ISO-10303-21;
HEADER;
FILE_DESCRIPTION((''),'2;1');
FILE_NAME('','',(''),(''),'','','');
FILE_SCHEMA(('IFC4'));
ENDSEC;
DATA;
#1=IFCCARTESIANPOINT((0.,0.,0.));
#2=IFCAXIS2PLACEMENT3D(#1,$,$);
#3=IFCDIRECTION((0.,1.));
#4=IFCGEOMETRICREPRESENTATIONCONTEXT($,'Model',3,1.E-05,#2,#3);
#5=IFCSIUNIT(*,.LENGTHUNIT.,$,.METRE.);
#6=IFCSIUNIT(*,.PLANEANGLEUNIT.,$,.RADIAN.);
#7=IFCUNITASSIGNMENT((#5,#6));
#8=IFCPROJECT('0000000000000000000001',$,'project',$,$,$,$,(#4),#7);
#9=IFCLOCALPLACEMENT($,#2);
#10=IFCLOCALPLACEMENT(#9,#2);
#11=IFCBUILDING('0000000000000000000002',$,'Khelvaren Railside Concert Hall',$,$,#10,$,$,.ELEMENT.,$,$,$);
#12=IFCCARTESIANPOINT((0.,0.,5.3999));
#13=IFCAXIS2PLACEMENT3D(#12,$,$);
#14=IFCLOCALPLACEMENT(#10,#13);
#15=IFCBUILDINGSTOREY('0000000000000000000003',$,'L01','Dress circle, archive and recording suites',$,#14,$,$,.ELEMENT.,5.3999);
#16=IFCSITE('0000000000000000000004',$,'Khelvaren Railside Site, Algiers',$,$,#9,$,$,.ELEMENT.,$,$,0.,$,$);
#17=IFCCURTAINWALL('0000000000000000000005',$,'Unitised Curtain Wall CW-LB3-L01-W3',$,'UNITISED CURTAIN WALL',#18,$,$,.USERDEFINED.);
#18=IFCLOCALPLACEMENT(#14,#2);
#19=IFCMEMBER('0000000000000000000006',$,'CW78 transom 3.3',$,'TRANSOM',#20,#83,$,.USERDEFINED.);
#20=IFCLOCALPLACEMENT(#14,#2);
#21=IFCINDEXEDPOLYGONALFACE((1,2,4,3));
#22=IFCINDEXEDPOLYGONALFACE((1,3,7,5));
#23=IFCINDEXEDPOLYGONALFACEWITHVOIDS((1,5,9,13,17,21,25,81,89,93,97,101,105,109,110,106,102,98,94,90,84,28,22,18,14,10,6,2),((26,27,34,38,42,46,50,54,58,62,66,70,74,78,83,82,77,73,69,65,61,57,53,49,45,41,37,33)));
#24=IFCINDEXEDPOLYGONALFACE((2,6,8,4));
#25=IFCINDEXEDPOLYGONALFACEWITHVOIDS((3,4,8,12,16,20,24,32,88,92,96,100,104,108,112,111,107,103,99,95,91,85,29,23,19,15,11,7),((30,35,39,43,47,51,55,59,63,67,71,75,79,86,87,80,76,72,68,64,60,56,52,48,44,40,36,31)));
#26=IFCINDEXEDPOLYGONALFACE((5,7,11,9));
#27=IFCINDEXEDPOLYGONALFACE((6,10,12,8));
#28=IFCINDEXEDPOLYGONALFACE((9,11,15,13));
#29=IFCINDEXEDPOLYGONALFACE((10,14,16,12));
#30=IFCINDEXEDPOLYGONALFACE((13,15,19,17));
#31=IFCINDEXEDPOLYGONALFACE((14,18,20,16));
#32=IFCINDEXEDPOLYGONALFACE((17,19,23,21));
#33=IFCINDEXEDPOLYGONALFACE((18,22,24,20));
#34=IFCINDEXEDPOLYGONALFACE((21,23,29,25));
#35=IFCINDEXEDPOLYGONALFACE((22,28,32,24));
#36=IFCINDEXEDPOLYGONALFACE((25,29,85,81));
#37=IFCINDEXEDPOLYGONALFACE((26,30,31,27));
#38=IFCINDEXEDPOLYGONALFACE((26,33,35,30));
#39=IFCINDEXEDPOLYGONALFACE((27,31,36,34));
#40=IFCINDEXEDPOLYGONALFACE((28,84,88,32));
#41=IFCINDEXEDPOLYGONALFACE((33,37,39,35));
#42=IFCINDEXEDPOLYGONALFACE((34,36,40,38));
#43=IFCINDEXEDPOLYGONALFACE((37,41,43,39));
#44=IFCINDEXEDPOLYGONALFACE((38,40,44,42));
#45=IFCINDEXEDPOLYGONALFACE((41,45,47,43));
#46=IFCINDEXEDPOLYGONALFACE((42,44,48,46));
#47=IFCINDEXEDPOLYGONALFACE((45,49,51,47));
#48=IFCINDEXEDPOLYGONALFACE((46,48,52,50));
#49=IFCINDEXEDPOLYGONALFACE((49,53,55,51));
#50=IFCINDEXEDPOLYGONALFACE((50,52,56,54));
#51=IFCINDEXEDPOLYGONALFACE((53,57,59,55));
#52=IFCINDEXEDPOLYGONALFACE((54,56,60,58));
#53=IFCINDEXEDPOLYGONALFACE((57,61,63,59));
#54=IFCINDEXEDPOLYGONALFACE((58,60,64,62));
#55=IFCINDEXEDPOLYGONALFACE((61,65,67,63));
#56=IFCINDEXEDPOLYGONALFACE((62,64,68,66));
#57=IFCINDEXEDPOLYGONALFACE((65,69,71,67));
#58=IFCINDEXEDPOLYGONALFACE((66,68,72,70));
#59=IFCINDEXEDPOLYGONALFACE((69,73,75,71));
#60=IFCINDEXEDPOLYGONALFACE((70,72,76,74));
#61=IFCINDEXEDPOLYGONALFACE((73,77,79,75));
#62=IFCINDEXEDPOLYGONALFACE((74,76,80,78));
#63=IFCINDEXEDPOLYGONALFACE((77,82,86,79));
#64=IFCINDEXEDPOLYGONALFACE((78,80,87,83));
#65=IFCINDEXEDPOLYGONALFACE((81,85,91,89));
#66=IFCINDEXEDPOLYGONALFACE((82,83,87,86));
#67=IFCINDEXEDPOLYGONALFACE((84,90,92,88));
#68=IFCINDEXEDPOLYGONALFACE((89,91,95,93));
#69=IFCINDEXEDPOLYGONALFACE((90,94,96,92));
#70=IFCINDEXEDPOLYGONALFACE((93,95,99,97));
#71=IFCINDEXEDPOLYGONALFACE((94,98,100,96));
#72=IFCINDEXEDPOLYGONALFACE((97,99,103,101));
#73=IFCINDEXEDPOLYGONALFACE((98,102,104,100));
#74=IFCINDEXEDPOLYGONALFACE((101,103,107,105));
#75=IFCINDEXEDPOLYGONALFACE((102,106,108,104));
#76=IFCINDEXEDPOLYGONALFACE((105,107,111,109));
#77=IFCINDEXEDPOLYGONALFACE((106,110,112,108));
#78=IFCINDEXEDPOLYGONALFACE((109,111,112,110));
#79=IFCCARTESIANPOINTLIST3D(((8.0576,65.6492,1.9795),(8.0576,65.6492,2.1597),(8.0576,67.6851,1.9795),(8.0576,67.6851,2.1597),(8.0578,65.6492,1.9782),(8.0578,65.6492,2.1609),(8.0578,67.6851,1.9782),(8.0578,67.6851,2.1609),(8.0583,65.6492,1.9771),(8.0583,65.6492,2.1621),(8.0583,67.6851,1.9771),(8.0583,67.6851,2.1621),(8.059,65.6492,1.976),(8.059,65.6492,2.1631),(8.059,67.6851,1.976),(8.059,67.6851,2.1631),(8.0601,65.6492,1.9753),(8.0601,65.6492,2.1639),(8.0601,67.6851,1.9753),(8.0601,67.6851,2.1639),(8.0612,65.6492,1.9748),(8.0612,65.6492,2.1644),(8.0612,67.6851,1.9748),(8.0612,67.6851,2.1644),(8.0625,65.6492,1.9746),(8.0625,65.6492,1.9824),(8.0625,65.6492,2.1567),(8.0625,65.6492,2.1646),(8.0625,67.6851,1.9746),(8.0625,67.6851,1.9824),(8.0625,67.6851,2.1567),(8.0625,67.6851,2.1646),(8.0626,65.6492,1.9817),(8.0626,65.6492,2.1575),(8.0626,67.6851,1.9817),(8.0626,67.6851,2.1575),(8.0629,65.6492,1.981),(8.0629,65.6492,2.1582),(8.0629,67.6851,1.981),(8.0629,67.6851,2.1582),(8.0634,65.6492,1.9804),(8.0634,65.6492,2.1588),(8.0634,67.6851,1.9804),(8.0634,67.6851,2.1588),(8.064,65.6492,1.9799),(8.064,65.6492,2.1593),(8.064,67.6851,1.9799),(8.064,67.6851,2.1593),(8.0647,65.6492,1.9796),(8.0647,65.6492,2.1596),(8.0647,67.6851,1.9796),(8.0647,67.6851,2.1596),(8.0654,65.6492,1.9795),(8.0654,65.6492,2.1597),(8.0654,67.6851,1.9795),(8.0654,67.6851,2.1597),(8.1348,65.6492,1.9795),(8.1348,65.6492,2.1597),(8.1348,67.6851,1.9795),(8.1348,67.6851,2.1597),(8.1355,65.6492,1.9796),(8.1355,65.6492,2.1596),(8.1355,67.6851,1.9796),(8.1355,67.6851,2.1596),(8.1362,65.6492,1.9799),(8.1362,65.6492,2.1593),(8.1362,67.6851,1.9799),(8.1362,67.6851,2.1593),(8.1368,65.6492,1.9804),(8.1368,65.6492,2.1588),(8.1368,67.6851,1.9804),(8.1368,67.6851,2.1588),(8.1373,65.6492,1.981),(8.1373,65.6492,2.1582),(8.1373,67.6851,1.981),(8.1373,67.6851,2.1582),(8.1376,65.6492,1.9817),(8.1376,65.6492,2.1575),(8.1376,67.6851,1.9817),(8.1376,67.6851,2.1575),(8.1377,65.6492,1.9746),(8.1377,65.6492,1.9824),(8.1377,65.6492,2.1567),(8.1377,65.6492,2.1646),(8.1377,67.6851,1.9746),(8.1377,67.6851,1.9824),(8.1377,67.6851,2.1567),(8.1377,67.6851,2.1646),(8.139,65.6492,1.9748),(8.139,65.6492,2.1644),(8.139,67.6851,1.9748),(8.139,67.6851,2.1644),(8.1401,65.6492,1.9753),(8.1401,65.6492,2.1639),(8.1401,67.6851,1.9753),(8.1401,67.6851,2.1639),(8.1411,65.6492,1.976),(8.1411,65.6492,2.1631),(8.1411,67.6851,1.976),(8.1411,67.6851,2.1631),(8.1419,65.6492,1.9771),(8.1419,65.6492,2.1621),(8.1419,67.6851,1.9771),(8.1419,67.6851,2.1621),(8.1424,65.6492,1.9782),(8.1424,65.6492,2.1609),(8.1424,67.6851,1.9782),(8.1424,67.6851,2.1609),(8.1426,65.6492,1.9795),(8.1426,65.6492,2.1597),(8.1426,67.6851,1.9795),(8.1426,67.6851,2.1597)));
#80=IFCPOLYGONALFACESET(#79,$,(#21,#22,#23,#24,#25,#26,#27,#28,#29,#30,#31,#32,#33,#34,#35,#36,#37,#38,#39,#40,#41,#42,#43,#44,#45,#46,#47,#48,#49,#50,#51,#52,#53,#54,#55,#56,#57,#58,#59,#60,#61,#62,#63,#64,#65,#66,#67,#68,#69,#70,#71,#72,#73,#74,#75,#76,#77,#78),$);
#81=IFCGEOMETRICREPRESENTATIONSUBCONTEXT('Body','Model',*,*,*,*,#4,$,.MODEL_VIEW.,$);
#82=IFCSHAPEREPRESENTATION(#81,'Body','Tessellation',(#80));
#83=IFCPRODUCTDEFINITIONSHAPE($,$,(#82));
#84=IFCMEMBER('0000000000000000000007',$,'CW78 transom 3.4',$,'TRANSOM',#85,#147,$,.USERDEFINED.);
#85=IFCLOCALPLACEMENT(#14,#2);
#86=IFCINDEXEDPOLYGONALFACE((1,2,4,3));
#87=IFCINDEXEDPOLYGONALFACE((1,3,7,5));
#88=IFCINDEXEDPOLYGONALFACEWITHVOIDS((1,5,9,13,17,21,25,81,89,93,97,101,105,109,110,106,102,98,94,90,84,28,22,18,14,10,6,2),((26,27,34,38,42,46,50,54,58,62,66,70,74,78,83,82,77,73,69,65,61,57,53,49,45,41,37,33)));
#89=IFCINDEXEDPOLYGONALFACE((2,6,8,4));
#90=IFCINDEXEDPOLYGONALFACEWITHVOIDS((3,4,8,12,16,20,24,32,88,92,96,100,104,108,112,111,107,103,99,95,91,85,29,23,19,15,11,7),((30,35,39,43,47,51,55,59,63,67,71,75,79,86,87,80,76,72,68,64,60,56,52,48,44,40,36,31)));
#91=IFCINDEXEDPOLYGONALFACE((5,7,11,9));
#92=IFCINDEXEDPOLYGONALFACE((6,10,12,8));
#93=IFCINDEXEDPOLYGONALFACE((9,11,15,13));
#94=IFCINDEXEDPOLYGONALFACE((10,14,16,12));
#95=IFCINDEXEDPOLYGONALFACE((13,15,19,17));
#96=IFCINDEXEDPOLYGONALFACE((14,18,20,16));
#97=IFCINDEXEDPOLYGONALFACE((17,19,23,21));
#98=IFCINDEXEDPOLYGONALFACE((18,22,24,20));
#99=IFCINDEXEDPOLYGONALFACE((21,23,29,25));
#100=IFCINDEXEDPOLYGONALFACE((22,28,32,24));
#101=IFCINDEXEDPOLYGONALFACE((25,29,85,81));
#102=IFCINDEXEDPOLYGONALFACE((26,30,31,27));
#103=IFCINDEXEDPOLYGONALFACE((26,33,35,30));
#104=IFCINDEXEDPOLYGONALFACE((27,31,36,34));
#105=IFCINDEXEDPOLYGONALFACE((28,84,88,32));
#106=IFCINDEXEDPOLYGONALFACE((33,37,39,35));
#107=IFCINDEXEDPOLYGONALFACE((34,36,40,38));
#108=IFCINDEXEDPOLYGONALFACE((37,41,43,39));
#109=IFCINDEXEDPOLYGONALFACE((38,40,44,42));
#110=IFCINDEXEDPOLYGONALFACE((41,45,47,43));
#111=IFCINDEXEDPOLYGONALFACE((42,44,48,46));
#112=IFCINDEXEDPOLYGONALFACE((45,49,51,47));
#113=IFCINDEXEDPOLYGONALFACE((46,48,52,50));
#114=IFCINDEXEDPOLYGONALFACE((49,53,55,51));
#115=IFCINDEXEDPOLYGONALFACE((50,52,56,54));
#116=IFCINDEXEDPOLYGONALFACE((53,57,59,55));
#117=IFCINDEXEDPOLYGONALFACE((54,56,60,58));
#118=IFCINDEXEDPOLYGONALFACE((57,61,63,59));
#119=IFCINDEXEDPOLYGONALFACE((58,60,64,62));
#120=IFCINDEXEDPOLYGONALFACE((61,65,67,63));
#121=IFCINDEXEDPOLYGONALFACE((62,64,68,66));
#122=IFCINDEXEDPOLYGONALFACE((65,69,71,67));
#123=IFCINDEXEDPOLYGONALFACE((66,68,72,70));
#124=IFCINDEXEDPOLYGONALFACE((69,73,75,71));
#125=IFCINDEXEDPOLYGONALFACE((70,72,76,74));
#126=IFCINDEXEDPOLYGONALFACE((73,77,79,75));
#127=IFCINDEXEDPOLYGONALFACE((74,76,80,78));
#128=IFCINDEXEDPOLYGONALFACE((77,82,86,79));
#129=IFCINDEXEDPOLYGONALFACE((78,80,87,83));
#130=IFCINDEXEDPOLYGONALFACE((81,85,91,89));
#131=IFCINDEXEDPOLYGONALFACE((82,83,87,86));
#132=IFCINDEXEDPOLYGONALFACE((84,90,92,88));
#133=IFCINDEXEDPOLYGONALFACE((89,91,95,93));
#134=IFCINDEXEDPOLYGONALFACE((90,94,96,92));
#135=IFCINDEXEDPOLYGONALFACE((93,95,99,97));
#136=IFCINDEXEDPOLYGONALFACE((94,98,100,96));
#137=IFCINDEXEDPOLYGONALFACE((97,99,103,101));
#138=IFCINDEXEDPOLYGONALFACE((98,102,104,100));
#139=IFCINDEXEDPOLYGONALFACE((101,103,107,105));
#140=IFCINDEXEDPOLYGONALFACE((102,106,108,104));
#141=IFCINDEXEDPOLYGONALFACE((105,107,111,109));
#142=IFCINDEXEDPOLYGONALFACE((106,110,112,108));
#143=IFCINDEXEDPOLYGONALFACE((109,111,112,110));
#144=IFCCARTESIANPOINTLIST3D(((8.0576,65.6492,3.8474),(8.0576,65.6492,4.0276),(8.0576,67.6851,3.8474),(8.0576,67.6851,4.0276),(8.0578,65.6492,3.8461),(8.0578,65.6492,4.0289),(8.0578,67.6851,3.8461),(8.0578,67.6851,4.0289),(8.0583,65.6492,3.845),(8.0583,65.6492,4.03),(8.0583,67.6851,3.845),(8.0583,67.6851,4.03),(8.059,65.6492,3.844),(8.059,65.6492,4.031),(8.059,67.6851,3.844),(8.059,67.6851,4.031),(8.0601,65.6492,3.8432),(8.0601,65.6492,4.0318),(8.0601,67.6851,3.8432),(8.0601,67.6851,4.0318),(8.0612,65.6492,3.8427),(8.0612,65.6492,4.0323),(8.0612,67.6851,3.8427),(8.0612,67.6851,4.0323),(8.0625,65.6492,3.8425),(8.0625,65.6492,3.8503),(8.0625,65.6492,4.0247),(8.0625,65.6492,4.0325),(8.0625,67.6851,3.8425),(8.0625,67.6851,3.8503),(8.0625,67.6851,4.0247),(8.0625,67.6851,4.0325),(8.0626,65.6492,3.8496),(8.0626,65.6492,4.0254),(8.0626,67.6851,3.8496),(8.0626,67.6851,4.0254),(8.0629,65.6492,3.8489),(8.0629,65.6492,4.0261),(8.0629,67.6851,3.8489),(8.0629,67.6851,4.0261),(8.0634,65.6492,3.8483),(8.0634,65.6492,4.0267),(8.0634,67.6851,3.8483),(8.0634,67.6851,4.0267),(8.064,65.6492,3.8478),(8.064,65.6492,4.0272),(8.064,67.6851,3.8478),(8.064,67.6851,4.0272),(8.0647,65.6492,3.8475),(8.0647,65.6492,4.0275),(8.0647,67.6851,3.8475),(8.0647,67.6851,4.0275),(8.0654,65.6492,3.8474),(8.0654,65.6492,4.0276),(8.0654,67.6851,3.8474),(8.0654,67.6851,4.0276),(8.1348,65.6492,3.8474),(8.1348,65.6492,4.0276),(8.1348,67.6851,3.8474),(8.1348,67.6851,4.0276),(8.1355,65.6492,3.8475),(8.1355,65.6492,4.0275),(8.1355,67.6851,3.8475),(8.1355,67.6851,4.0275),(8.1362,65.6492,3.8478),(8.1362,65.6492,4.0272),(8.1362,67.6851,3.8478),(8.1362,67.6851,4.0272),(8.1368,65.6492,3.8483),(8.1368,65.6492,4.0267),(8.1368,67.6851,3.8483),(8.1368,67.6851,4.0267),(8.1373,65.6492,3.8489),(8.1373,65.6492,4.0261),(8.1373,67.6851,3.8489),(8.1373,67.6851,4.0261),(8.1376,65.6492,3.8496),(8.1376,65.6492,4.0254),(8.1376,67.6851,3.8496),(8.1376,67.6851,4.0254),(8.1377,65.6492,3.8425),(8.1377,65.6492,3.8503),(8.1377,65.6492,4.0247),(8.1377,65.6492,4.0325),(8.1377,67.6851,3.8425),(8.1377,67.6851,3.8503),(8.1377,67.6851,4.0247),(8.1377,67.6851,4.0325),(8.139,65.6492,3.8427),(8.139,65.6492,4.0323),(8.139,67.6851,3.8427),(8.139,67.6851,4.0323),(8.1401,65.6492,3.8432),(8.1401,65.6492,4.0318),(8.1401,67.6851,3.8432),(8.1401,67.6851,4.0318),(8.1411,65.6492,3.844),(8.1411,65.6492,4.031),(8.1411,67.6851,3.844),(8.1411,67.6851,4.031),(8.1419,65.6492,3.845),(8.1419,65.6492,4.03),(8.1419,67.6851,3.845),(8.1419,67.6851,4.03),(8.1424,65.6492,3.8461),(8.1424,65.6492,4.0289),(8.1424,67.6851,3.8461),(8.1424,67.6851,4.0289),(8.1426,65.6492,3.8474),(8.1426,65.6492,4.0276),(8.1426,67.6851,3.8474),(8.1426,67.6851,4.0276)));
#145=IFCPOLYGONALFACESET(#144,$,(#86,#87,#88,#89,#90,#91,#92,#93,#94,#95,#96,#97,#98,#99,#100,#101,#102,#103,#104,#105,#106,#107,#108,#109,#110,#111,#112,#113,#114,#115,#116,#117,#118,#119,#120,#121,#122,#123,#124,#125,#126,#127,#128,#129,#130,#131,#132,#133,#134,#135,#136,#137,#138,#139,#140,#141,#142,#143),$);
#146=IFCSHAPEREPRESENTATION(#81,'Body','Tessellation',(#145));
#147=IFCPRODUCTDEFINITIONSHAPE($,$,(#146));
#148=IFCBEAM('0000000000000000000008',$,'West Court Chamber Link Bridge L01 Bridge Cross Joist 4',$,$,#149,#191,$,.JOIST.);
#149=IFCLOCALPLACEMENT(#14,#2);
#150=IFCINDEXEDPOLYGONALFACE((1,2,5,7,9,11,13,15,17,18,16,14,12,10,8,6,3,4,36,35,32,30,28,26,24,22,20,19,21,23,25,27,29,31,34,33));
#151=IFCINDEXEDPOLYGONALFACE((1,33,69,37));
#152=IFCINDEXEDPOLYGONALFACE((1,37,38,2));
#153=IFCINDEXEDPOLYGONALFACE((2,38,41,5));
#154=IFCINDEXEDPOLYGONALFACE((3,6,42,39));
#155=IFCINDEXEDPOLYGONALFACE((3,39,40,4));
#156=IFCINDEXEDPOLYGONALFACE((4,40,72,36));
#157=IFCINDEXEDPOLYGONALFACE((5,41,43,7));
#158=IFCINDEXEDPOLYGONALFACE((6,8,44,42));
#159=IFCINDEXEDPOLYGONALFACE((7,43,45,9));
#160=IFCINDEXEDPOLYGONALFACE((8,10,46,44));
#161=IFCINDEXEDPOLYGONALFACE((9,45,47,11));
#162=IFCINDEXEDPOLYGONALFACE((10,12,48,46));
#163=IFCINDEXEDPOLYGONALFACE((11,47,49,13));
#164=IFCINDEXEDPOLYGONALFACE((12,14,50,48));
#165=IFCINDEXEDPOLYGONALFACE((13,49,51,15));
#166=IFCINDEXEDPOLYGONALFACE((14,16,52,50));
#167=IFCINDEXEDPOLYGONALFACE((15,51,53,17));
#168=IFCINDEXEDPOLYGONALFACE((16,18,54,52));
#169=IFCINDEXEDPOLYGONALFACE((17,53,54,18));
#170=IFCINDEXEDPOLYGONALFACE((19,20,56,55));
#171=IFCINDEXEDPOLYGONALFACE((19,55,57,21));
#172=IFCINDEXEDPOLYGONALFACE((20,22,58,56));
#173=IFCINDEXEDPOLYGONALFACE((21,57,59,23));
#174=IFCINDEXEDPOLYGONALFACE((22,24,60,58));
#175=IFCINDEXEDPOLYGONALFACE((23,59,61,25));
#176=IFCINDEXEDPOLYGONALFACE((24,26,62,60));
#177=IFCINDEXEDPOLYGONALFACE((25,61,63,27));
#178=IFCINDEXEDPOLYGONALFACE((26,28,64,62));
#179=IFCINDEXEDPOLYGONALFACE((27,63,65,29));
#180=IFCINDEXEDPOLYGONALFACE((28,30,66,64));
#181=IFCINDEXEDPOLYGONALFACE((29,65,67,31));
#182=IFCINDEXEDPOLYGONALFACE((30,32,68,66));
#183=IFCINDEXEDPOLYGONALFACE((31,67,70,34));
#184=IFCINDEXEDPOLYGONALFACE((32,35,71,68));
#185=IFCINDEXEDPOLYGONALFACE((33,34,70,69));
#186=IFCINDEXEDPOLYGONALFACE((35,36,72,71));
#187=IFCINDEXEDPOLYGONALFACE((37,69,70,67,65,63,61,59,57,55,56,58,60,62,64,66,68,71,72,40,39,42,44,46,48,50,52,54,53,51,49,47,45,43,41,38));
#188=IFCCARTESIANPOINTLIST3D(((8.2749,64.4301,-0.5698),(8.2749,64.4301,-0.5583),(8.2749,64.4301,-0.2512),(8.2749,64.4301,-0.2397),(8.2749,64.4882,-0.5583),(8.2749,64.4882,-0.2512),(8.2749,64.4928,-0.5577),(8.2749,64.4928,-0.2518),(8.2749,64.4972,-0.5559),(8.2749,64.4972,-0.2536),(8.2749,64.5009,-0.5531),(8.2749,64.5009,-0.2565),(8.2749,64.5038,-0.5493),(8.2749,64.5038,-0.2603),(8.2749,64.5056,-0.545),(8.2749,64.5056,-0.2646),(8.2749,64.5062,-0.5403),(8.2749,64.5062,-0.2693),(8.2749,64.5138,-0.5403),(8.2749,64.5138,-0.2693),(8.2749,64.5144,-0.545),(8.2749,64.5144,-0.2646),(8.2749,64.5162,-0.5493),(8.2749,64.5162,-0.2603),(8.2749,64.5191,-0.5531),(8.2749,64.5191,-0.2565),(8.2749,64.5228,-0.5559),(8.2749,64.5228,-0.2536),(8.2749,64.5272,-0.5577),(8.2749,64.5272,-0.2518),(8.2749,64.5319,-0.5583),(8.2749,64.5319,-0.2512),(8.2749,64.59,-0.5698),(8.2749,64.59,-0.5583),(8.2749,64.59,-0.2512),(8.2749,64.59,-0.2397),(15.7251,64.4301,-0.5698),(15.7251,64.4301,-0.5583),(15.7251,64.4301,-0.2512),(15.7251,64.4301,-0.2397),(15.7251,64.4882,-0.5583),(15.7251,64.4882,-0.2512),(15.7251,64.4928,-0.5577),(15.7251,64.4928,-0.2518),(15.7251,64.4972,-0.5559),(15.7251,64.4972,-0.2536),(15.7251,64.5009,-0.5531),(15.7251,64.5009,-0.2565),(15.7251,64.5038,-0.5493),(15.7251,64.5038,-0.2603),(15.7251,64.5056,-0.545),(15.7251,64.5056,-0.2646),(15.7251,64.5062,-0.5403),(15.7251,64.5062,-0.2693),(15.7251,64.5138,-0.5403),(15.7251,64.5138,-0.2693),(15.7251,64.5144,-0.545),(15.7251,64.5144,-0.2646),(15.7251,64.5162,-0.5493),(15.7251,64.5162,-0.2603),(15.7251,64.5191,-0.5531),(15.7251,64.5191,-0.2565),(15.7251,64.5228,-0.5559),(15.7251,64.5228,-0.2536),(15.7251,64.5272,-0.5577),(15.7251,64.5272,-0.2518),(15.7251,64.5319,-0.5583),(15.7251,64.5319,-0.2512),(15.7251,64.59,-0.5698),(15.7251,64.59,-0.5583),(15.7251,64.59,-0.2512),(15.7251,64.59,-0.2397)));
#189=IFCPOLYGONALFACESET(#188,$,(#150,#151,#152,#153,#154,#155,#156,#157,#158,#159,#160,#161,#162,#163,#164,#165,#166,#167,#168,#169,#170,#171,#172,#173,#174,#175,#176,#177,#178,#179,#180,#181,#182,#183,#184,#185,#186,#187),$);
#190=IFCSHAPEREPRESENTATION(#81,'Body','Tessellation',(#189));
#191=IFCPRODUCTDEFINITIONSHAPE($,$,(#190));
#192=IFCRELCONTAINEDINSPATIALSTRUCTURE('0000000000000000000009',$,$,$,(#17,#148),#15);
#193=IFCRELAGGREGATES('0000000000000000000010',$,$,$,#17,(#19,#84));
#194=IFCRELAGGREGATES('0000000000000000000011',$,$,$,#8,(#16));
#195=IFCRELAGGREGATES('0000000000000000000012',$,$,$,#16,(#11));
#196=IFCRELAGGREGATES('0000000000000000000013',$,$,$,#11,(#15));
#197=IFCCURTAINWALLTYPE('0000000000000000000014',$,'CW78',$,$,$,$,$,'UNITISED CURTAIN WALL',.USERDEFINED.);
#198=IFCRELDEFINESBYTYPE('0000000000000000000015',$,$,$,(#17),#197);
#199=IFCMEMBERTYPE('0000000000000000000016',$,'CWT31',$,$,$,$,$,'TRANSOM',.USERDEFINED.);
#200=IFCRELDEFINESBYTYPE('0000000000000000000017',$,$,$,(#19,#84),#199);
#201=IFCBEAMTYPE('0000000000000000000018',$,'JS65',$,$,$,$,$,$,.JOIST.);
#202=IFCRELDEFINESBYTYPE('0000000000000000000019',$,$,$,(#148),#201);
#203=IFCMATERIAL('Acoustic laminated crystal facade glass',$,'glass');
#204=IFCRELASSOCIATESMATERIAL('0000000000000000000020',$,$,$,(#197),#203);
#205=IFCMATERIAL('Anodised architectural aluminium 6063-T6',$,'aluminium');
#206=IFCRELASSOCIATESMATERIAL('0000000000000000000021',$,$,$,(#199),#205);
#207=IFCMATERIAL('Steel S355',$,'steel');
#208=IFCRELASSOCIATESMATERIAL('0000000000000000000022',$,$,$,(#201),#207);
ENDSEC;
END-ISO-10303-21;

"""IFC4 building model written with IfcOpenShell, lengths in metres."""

from ifc_helpers import new_model, si_unit, direction, frame, origin, origin_2d, place, context, subcontext, project, spatial, hollow_rectangle, i_section, extrude, material, material_profile, profile_set, type_object, element, aggregate, save


model = new_model("IFC4")

# Units and contexts
model_context = context("Model", 3, precision=1e-05, world=origin(), true_north=direction((0.0, 1.0)))
body_context = subcontext(model_context, "Body", "Model", "MODEL_VIEW")
ifc_project = project(units=[si_unit("LENGTHUNIT", "METRE"), si_unit("PLANEANGLEUNIT", "RADIAN")], contexts=[model_context])

# Site, building, storey
site_placement = place(None, origin())
site = spatial("IfcSite", under=ifc_project, at=site_placement, Name="Khelvaren Railside Site, Algiers", CompositionType="ELEMENT", RefElevation=0.0)
building_placement = place(site_placement, origin())
building = spatial("IfcBuilding", under=site, at=building_placement, Name="Khelvaren Railside Concert Hall", CompositionType="ELEMENT")
storey_placement = place(building_placement, frame((0.0, 0.0, 5.3999)))
storey = spatial("IfcBuildingStorey", under=building, at=storey_placement, Name="L01", Description="Dress circle, archive and recording suites", CompositionType="ELEMENT", Elevation=5.3999)

# Curtain wall, members
ifc_material_1 = material(Name="Acoustic laminated crystal facade glass", Category="glass")
curtain_wall_type = type_object("IfcCurtainWallType", Name="CW78", ElementType="UNITISED CURTAIN WALL", PredefinedType="USERDEFINED", material=ifc_material_1)
curtain_wall_placement = place(storey_placement, origin())
curtain_wall = element("IfcCurtainWall", 1, at=curtain_wall_placement, inside=storey, type_object=curtain_wall_type, Name="Unitised Curtain Wall CW-LB3-L01-W3", ObjectType="UNITISED CURTAIN WALL", PredefinedType="USERDEFINED")
ifc_material_2 = material(Name="Anodised architectural aluminium 6063-T6", Category="aluminium")
ifc_material_profile_1 = material_profile(ifc_material_2, hollow_rectangle(XDim=0.085, YDim=0.1899, WallThickness=0.0049, InnerFilletRadius=0.0029, OuterFilletRadius=0.0049, at=origin_2d()), Name="CWT 85x190x5")
ifc_profile_set_1 = profile_set([ifc_material_profile_1], Name="Anodised architectural aluminium 6063-T6")
member_type_1 = type_object("IfcMemberType", Name="CWT31", ElementType="TRANSOM", PredefinedType="USERDEFINED", material=ifc_profile_set_1)
member_1_placement = place(storey_placement, frame((8.1001, 65.6492, 2.0696), z_axis=(0.0, 1.0, 0.0), x_axis=(-1.0, 0.0, 0.0)))
member_1 = element("IfcMember", 2, at=member_1_placement, type_object=member_type_1, Name="CW78 transom 3.3", ObjectType="TRANSOM", PredefinedType="USERDEFINED", context=body_context, shape_type="SweptSolid", body=[
    extrude(hollow_rectangle(XDim=0.085, YDim=0.1899, WallThickness=0.0049, InnerFilletRadius=0.0029, OuterFilletRadius=0.0049, at=origin_2d()), origin(), (0.0, 0.0, 1.0), 2.0359),
])
member_2_placement = place(storey_placement, frame((8.1001, 65.6492, 3.9375), z_axis=(0.0, 1.0, 0.0), x_axis=(-1.0, 0.0, 0.0)))
member_2 = element("IfcMember", 3, at=member_2_placement, type_object=member_type_1, Name="CW78 transom 3.4", ObjectType="TRANSOM", PredefinedType="USERDEFINED", context=body_context, shape_type="SweptSolid", body=[
    extrude(hollow_rectangle(XDim=0.085, YDim=0.1899, WallThickness=0.0049, InnerFilletRadius=0.0029, OuterFilletRadius=0.0049, at=origin_2d()), origin(), (0.0, 0.0, 1.0), 2.0359),
])

# Beam
ifc_material_3 = material(Name="Steel S355", Category="steel")
ifc_material_profile_2 = material_profile(ifc_material_3, i_section(OverallWidth=0.1599, OverallDepth=0.3301, WebThickness=0.0076, FlangeThickness=0.0115, FilletRadius=0.0181, at=origin_2d()), Name="IPE 330")
ifc_profile_set_2 = profile_set([ifc_material_profile_2], Name="Steel S355")
beam_type_1 = type_object("IfcBeamType", Name="JS65", PredefinedType="JOIST", material=ifc_profile_set_2)
beam_1_placement = place(storey_placement, frame((8.2749, 64.51, -0.4048), z_axis=(1.0, 0.0, 0.0), x_axis=(0.0, 1.0, 0.0)))
element("IfcBeam", 4, at=beam_1_placement, inside=storey, type_object=beam_type_1, Name="West Court Chamber Link Bridge L01 Bridge Cross Joist 4", PredefinedType="JOIST", context=body_context, shape_type="SweptSolid", body=[
    extrude(i_section(OverallWidth=0.1599, OverallDepth=0.3301, WebThickness=0.0076, FlangeThickness=0.0115, FilletRadius=0.0181, at=origin_2d()), origin(), (0.0, 0.0, 1.0), 7.4502),
])

aggregate(curtain_wall, [member_1, member_2])

save(model, "model.ifc")
